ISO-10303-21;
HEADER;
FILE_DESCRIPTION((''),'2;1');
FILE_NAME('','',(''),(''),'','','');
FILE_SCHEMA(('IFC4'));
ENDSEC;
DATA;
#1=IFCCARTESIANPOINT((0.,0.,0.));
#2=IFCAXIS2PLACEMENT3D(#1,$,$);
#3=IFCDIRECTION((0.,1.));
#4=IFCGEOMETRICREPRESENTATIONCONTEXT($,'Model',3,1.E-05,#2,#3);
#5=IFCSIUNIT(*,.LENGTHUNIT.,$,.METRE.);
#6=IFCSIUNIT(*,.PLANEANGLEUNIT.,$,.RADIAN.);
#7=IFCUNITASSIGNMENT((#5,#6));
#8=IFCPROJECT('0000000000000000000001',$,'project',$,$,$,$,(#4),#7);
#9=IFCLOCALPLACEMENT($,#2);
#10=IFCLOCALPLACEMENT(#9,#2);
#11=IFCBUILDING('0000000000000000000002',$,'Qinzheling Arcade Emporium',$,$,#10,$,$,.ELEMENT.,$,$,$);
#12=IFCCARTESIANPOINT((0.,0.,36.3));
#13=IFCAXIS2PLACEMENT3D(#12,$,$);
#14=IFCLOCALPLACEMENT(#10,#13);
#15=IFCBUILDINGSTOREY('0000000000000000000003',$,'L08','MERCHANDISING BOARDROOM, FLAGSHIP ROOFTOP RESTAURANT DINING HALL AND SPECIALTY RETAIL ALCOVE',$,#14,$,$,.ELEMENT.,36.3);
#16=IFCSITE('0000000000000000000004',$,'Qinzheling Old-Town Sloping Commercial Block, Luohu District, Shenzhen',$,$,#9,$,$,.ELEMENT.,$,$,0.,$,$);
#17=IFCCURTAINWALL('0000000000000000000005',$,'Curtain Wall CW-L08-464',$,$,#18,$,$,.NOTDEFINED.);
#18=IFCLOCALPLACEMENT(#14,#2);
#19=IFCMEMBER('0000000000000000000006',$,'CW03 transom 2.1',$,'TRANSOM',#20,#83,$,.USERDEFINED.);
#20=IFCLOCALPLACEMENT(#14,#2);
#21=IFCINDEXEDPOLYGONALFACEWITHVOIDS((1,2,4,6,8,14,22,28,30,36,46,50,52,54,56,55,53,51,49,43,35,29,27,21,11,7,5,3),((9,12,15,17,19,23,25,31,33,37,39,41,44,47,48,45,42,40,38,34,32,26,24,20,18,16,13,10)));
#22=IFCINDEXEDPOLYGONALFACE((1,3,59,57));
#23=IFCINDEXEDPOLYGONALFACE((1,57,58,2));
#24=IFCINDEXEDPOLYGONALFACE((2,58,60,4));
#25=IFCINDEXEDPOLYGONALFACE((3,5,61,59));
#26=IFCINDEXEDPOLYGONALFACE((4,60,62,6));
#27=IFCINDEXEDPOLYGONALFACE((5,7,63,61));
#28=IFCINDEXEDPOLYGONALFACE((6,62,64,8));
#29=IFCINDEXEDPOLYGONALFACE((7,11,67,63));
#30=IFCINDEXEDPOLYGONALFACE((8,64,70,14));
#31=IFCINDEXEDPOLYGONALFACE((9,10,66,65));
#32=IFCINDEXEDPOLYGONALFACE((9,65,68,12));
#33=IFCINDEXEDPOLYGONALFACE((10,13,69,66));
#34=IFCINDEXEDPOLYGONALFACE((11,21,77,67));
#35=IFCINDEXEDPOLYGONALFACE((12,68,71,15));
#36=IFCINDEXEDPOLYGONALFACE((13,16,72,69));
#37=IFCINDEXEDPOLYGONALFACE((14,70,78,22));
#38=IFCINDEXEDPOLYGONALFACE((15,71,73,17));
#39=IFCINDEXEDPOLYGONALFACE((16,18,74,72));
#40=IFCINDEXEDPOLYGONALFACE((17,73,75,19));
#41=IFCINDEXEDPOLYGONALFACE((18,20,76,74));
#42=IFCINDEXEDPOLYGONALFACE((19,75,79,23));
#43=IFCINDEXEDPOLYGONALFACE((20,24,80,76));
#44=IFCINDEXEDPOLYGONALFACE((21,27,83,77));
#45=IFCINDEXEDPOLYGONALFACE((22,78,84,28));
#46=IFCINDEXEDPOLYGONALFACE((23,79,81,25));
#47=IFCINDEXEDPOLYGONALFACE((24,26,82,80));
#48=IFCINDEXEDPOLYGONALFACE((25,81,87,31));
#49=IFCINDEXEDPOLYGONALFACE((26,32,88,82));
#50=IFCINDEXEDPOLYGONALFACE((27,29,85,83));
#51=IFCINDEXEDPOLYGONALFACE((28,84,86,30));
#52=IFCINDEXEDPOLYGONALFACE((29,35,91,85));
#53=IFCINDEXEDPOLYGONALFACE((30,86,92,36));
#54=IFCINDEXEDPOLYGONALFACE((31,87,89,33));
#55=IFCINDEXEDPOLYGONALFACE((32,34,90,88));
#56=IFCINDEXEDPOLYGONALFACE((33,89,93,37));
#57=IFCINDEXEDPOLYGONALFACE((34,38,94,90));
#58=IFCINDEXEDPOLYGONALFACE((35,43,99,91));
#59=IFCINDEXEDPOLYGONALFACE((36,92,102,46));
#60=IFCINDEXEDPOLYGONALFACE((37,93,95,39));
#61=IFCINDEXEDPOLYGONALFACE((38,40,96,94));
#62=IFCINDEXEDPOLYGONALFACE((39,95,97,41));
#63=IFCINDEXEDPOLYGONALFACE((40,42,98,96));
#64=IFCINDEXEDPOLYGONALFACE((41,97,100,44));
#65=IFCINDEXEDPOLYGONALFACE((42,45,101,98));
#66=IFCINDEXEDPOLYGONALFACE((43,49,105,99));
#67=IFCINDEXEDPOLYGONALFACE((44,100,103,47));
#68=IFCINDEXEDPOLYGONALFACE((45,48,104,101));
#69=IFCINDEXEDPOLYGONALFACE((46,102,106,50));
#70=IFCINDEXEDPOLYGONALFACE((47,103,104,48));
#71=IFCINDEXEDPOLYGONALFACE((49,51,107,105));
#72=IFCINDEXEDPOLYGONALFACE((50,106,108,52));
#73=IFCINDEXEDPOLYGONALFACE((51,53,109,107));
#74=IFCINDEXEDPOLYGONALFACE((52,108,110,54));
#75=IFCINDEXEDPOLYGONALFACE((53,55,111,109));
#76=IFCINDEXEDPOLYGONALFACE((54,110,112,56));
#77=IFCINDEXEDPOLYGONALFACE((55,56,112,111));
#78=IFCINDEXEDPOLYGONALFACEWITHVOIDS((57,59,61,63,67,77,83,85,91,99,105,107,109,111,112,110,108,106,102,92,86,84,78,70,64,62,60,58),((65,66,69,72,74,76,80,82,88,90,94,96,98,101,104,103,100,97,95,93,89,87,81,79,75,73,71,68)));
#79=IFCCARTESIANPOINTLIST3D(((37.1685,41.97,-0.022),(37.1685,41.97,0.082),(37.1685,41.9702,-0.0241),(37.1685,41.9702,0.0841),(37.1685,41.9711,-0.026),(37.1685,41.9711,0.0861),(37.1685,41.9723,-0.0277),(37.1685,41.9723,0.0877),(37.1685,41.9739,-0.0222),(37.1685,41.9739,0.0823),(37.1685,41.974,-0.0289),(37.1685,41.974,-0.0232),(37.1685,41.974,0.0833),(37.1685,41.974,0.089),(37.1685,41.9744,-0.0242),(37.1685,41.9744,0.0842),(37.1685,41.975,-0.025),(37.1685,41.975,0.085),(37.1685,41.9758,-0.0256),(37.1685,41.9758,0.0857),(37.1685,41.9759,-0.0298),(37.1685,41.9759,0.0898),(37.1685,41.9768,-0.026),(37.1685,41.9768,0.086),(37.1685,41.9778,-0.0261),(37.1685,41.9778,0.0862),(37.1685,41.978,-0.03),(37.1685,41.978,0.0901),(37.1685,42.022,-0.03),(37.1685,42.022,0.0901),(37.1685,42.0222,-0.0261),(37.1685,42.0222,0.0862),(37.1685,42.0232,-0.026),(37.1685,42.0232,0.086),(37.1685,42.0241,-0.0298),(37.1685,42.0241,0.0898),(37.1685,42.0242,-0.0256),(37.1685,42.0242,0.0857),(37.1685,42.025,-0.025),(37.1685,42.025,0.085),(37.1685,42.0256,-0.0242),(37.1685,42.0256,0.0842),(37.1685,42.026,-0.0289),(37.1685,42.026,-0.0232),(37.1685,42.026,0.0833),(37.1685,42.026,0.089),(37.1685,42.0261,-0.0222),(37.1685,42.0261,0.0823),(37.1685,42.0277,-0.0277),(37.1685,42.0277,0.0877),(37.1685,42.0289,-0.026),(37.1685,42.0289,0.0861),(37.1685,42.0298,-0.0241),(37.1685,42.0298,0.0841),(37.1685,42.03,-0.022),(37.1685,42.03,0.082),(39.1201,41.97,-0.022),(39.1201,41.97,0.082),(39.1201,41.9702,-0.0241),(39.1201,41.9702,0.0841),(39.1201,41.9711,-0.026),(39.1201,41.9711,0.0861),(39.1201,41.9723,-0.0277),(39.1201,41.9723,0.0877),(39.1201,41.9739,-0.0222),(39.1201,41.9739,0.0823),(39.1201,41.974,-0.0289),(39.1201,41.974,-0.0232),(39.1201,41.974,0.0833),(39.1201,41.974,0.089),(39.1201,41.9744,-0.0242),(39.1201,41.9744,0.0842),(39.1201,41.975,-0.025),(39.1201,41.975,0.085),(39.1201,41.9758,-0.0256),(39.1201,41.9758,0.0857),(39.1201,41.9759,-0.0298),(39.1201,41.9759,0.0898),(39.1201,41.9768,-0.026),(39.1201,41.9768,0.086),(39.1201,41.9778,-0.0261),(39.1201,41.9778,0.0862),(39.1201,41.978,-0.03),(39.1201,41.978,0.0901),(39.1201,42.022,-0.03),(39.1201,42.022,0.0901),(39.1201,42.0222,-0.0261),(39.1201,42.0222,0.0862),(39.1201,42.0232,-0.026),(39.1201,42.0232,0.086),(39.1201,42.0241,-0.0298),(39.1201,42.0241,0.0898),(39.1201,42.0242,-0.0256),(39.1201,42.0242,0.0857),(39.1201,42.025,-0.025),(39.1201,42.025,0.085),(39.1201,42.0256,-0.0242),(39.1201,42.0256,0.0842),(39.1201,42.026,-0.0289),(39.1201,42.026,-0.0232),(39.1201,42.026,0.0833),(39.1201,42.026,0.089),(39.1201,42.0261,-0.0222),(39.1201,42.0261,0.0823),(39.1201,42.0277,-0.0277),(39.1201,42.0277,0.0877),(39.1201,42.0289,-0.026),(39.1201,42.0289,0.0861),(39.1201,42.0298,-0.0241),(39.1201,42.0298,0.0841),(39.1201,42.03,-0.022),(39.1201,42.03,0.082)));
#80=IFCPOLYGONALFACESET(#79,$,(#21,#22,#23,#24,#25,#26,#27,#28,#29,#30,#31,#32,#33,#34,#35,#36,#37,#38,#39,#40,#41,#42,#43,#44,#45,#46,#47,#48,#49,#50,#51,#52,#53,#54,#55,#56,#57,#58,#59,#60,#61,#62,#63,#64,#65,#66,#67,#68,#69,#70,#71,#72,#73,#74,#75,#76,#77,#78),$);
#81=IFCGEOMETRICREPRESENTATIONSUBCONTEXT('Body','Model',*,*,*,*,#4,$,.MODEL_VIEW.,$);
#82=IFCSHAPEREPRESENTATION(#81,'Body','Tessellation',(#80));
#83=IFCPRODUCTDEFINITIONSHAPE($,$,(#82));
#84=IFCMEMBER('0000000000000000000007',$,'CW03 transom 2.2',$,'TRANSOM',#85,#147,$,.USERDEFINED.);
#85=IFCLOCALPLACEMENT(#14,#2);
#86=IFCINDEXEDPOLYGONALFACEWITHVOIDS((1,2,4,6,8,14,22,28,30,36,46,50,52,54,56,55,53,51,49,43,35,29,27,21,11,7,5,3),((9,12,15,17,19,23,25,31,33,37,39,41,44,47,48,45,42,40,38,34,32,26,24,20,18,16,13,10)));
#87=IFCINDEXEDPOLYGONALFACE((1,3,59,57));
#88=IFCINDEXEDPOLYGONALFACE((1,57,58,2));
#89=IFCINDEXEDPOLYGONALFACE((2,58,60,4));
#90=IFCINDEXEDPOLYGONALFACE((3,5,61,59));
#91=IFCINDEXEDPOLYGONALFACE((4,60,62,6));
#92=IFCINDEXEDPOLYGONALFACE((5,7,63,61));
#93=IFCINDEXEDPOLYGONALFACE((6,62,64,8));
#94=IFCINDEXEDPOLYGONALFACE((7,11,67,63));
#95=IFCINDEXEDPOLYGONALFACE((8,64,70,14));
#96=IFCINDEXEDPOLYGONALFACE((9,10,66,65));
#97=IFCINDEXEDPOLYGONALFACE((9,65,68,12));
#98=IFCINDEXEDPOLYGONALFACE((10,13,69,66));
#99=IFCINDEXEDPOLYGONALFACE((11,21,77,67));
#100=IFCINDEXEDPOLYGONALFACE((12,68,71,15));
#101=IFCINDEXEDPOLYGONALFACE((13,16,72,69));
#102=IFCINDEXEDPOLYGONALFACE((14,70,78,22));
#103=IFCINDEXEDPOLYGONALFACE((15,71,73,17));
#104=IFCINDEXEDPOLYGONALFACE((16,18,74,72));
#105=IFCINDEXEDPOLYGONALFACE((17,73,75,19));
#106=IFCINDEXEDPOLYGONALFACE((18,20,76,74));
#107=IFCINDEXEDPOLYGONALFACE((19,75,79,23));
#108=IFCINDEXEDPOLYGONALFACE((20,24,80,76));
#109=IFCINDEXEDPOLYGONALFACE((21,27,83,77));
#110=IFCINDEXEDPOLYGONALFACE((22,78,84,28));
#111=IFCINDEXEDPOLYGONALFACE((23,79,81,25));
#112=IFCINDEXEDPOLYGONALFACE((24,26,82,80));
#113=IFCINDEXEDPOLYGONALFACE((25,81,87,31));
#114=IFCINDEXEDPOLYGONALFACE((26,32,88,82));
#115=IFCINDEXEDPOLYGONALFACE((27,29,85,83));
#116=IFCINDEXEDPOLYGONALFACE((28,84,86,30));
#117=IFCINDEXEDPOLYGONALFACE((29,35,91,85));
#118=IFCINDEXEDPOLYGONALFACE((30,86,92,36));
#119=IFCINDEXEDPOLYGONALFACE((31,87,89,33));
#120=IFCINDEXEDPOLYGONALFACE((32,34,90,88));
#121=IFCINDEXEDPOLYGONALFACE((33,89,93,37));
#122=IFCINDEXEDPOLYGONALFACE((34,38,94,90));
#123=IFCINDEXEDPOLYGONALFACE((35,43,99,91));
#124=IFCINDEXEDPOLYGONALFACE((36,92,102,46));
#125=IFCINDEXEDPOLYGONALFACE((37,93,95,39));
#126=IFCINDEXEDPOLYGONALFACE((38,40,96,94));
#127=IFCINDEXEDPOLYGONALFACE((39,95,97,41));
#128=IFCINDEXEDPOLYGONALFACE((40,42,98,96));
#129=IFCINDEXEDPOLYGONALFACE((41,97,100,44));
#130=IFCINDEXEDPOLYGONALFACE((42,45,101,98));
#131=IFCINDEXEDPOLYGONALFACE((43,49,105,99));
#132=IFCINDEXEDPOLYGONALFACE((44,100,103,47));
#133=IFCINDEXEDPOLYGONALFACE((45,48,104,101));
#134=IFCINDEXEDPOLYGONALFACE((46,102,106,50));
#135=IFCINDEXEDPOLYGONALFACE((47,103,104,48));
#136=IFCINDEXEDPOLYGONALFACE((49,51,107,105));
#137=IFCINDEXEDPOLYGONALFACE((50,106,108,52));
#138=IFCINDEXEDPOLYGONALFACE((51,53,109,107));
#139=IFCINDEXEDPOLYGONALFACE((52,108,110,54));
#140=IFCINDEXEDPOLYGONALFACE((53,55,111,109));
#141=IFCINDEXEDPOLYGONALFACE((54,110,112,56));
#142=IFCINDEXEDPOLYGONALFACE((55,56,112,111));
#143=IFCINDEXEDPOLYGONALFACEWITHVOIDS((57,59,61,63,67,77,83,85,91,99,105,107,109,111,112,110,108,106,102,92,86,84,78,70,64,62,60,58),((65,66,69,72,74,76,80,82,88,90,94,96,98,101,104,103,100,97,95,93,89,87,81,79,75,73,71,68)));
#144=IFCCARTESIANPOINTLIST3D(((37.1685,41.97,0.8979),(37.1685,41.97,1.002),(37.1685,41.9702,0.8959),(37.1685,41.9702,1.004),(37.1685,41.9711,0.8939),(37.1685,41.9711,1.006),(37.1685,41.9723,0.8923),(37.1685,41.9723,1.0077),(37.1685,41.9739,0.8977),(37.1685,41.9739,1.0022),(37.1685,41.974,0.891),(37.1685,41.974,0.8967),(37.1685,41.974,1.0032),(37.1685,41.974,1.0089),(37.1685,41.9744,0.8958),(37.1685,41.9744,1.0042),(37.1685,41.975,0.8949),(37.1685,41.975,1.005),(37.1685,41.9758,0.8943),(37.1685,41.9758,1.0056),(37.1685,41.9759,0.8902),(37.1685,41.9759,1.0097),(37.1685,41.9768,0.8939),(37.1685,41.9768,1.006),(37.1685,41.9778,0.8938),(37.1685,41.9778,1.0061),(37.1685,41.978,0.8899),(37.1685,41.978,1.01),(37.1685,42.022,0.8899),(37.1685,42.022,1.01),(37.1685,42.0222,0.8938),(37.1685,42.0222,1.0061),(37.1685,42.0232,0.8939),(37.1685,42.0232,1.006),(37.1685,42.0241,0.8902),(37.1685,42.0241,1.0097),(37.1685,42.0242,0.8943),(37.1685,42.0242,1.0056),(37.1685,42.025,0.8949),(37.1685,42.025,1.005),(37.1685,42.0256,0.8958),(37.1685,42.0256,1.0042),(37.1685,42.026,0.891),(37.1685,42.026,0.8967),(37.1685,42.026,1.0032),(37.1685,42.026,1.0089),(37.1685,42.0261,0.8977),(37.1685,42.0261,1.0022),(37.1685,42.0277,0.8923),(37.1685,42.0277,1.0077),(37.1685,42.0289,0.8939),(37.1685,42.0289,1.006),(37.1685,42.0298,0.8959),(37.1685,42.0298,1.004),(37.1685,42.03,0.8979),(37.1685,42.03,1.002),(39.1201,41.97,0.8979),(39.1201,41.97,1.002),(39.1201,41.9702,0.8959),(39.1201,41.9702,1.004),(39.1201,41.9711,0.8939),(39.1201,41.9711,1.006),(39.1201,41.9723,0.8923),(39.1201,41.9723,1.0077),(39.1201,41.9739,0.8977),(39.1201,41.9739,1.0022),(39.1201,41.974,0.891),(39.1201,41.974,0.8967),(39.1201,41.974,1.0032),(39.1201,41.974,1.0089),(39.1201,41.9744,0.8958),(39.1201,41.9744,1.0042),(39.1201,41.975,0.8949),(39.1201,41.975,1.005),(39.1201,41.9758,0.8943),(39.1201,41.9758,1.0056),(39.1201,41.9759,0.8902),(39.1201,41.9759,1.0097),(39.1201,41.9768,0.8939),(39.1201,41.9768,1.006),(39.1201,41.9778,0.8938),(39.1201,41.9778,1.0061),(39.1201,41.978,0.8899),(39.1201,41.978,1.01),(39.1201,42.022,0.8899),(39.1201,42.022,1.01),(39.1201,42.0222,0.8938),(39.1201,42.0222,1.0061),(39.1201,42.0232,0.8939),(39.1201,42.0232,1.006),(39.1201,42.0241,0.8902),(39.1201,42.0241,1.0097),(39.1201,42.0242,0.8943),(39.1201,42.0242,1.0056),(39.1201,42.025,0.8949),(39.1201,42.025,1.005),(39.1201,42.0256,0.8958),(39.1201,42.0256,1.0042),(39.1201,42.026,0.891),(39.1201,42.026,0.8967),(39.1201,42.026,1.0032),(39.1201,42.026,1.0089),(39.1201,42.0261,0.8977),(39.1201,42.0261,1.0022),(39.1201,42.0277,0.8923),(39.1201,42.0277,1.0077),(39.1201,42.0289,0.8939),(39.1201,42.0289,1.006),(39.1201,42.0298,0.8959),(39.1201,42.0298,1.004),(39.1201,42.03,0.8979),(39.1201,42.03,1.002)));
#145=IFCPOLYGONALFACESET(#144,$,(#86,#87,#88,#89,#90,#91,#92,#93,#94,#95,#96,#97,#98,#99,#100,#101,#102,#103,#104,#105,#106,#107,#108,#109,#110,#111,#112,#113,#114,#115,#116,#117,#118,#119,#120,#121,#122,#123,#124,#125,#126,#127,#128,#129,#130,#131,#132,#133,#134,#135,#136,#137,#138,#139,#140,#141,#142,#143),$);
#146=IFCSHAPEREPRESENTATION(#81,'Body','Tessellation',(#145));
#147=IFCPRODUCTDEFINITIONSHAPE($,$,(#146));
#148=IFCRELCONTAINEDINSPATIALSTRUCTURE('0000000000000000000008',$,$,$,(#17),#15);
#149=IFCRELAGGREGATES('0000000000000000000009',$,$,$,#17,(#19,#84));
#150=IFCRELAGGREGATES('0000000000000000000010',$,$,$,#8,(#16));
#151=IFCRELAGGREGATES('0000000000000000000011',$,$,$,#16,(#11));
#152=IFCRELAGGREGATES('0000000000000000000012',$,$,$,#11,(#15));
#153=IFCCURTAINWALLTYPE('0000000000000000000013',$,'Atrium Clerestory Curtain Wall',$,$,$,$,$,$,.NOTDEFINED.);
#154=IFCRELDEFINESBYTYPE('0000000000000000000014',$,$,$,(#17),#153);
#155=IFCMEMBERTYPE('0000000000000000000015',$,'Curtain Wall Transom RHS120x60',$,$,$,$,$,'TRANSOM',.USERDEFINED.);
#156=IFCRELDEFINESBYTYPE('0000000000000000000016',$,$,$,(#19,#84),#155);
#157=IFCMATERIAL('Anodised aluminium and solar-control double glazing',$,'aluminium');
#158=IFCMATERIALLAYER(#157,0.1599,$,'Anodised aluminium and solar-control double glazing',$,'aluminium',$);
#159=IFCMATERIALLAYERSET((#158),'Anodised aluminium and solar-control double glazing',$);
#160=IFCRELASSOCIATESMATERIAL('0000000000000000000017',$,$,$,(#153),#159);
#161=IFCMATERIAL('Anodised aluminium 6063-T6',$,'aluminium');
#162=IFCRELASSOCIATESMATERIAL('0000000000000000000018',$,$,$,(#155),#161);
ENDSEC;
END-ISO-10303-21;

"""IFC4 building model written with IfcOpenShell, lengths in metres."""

from ifc_helpers import new_model, si_unit, direction, frame, origin, origin_2d, place, context, subcontext, project, spatial, hollow_rectangle, extrude, material, layer, layer_set, material_profile, profile_set, type_object, element, aggregate, save


model = new_model("IFC4")

# Units and contexts
model_context = context("Model", 3, precision=1e-05, world=origin(), true_north=direction((0.0, 1.0)))
body_context = subcontext(model_context, "Body", "Model", "MODEL_VIEW")
ifc_project = project(units=[si_unit("LENGTHUNIT", "METRE"), si_unit("PLANEANGLEUNIT", "RADIAN")], contexts=[model_context])

# Site, building, storey
site_placement = place(None, origin())
site = spatial("IfcSite", under=ifc_project, at=site_placement, Name="Qinzheling Old-Town Sloping Commercial Block, Luohu District, Shenzhen", CompositionType="ELEMENT", RefElevation=0.0)
building_placement = place(site_placement, origin())
building = spatial("IfcBuilding", under=site, at=building_placement, Name="Qinzheling Arcade Emporium", CompositionType="ELEMENT")
storey_placement = place(building_placement, frame((0.0, 0.0, 36.3)))
storey = spatial("IfcBuildingStorey", under=building, at=storey_placement, Name="L08", Description="MERCHANDISING BOARDROOM, FLAGSHIP ROOFTOP RESTAURANT DINING HALL AND SPECIALTY RETAIL ALCOVE", CompositionType="ELEMENT", Elevation=36.3)

# Curtain wall, members
ifc_material_1 = material(Name="Anodised aluminium and solar-control double glazing", Category="aluminium")
ifc_layer_1 = layer(ifc_material_1, 0.1599, Name="Anodised aluminium and solar-control double glazing", Category="aluminium")
ifc_layer_set_1 = layer_set([ifc_layer_1], Name="Anodised aluminium and solar-control double glazing")
curtain_wall_type = type_object("IfcCurtainWallType", Name="Atrium Clerestory Curtain Wall", PredefinedType="NOTDEFINED", material=ifc_layer_set_1)
curtain_wall_placement = place(storey_placement, origin())
curtain_wall = element("IfcCurtainWall", 1, at=curtain_wall_placement, inside=storey, type_object=curtain_wall_type, Name="Curtain Wall CW-L08-464", PredefinedType="NOTDEFINED")
ifc_material_2 = material(Name="Anodised aluminium 6063-T6", Category="aluminium")
ifc_material_profile_1 = material_profile(ifc_material_2, hollow_rectangle(XDim=0.0601, YDim=0.1201, WallThickness=0.0039, InnerFilletRadius=0.0039, OuterFilletRadius=0.0081, at=origin_2d()), Name="RHS 120x60x4", Category="aluminium")
ifc_profile_set_1 = profile_set([ifc_material_profile_1], Name="Anodised aluminium 6063-T6")
member_type_1 = type_object("IfcMemberType", Name="Curtain Wall Transom RHS120x60", ElementType="TRANSOM", PredefinedType="USERDEFINED", material=ifc_profile_set_1)
member_1_placement = place(storey_placement, frame((37.1685, 42.0, 0.03), z_axis=(1.0, 0.0, 0.0), x_axis=(0.0, 1.0, 0.0)))
member_1 = element("IfcMember", 2, at=member_1_placement, type_object=member_type_1, Name="CW03 transom 2.1", ObjectType="TRANSOM", PredefinedType="USERDEFINED", context=body_context, shape_type="SweptSolid", body=[
    extrude(hollow_rectangle(XDim=0.0601, YDim=0.1201, WallThickness=0.0039, InnerFilletRadius=0.0039, OuterFilletRadius=0.0081, at=origin_2d()), origin(), (0.0, 0.0, 1.0), 1.9517),
])
member_2_placement = place(storey_placement, frame((37.1685, 42.0, 0.95), z_axis=(1.0, 0.0, 0.0), x_axis=(0.0, 1.0, 0.0)))
member_2 = element("IfcMember", 3, at=member_2_placement, type_object=member_type_1, Name="CW03 transom 2.2", ObjectType="TRANSOM", PredefinedType="USERDEFINED", context=body_context, shape_type="SweptSolid", body=[
    extrude(hollow_rectangle(XDim=0.0601, YDim=0.1201, WallThickness=0.0039, InnerFilletRadius=0.0039, OuterFilletRadius=0.0081, at=origin_2d()), origin(), (0.0, 0.0, 1.0), 1.9517),
])
aggregate(curtain_wall, [member_1, member_2])

save(model, "model.ifc")
